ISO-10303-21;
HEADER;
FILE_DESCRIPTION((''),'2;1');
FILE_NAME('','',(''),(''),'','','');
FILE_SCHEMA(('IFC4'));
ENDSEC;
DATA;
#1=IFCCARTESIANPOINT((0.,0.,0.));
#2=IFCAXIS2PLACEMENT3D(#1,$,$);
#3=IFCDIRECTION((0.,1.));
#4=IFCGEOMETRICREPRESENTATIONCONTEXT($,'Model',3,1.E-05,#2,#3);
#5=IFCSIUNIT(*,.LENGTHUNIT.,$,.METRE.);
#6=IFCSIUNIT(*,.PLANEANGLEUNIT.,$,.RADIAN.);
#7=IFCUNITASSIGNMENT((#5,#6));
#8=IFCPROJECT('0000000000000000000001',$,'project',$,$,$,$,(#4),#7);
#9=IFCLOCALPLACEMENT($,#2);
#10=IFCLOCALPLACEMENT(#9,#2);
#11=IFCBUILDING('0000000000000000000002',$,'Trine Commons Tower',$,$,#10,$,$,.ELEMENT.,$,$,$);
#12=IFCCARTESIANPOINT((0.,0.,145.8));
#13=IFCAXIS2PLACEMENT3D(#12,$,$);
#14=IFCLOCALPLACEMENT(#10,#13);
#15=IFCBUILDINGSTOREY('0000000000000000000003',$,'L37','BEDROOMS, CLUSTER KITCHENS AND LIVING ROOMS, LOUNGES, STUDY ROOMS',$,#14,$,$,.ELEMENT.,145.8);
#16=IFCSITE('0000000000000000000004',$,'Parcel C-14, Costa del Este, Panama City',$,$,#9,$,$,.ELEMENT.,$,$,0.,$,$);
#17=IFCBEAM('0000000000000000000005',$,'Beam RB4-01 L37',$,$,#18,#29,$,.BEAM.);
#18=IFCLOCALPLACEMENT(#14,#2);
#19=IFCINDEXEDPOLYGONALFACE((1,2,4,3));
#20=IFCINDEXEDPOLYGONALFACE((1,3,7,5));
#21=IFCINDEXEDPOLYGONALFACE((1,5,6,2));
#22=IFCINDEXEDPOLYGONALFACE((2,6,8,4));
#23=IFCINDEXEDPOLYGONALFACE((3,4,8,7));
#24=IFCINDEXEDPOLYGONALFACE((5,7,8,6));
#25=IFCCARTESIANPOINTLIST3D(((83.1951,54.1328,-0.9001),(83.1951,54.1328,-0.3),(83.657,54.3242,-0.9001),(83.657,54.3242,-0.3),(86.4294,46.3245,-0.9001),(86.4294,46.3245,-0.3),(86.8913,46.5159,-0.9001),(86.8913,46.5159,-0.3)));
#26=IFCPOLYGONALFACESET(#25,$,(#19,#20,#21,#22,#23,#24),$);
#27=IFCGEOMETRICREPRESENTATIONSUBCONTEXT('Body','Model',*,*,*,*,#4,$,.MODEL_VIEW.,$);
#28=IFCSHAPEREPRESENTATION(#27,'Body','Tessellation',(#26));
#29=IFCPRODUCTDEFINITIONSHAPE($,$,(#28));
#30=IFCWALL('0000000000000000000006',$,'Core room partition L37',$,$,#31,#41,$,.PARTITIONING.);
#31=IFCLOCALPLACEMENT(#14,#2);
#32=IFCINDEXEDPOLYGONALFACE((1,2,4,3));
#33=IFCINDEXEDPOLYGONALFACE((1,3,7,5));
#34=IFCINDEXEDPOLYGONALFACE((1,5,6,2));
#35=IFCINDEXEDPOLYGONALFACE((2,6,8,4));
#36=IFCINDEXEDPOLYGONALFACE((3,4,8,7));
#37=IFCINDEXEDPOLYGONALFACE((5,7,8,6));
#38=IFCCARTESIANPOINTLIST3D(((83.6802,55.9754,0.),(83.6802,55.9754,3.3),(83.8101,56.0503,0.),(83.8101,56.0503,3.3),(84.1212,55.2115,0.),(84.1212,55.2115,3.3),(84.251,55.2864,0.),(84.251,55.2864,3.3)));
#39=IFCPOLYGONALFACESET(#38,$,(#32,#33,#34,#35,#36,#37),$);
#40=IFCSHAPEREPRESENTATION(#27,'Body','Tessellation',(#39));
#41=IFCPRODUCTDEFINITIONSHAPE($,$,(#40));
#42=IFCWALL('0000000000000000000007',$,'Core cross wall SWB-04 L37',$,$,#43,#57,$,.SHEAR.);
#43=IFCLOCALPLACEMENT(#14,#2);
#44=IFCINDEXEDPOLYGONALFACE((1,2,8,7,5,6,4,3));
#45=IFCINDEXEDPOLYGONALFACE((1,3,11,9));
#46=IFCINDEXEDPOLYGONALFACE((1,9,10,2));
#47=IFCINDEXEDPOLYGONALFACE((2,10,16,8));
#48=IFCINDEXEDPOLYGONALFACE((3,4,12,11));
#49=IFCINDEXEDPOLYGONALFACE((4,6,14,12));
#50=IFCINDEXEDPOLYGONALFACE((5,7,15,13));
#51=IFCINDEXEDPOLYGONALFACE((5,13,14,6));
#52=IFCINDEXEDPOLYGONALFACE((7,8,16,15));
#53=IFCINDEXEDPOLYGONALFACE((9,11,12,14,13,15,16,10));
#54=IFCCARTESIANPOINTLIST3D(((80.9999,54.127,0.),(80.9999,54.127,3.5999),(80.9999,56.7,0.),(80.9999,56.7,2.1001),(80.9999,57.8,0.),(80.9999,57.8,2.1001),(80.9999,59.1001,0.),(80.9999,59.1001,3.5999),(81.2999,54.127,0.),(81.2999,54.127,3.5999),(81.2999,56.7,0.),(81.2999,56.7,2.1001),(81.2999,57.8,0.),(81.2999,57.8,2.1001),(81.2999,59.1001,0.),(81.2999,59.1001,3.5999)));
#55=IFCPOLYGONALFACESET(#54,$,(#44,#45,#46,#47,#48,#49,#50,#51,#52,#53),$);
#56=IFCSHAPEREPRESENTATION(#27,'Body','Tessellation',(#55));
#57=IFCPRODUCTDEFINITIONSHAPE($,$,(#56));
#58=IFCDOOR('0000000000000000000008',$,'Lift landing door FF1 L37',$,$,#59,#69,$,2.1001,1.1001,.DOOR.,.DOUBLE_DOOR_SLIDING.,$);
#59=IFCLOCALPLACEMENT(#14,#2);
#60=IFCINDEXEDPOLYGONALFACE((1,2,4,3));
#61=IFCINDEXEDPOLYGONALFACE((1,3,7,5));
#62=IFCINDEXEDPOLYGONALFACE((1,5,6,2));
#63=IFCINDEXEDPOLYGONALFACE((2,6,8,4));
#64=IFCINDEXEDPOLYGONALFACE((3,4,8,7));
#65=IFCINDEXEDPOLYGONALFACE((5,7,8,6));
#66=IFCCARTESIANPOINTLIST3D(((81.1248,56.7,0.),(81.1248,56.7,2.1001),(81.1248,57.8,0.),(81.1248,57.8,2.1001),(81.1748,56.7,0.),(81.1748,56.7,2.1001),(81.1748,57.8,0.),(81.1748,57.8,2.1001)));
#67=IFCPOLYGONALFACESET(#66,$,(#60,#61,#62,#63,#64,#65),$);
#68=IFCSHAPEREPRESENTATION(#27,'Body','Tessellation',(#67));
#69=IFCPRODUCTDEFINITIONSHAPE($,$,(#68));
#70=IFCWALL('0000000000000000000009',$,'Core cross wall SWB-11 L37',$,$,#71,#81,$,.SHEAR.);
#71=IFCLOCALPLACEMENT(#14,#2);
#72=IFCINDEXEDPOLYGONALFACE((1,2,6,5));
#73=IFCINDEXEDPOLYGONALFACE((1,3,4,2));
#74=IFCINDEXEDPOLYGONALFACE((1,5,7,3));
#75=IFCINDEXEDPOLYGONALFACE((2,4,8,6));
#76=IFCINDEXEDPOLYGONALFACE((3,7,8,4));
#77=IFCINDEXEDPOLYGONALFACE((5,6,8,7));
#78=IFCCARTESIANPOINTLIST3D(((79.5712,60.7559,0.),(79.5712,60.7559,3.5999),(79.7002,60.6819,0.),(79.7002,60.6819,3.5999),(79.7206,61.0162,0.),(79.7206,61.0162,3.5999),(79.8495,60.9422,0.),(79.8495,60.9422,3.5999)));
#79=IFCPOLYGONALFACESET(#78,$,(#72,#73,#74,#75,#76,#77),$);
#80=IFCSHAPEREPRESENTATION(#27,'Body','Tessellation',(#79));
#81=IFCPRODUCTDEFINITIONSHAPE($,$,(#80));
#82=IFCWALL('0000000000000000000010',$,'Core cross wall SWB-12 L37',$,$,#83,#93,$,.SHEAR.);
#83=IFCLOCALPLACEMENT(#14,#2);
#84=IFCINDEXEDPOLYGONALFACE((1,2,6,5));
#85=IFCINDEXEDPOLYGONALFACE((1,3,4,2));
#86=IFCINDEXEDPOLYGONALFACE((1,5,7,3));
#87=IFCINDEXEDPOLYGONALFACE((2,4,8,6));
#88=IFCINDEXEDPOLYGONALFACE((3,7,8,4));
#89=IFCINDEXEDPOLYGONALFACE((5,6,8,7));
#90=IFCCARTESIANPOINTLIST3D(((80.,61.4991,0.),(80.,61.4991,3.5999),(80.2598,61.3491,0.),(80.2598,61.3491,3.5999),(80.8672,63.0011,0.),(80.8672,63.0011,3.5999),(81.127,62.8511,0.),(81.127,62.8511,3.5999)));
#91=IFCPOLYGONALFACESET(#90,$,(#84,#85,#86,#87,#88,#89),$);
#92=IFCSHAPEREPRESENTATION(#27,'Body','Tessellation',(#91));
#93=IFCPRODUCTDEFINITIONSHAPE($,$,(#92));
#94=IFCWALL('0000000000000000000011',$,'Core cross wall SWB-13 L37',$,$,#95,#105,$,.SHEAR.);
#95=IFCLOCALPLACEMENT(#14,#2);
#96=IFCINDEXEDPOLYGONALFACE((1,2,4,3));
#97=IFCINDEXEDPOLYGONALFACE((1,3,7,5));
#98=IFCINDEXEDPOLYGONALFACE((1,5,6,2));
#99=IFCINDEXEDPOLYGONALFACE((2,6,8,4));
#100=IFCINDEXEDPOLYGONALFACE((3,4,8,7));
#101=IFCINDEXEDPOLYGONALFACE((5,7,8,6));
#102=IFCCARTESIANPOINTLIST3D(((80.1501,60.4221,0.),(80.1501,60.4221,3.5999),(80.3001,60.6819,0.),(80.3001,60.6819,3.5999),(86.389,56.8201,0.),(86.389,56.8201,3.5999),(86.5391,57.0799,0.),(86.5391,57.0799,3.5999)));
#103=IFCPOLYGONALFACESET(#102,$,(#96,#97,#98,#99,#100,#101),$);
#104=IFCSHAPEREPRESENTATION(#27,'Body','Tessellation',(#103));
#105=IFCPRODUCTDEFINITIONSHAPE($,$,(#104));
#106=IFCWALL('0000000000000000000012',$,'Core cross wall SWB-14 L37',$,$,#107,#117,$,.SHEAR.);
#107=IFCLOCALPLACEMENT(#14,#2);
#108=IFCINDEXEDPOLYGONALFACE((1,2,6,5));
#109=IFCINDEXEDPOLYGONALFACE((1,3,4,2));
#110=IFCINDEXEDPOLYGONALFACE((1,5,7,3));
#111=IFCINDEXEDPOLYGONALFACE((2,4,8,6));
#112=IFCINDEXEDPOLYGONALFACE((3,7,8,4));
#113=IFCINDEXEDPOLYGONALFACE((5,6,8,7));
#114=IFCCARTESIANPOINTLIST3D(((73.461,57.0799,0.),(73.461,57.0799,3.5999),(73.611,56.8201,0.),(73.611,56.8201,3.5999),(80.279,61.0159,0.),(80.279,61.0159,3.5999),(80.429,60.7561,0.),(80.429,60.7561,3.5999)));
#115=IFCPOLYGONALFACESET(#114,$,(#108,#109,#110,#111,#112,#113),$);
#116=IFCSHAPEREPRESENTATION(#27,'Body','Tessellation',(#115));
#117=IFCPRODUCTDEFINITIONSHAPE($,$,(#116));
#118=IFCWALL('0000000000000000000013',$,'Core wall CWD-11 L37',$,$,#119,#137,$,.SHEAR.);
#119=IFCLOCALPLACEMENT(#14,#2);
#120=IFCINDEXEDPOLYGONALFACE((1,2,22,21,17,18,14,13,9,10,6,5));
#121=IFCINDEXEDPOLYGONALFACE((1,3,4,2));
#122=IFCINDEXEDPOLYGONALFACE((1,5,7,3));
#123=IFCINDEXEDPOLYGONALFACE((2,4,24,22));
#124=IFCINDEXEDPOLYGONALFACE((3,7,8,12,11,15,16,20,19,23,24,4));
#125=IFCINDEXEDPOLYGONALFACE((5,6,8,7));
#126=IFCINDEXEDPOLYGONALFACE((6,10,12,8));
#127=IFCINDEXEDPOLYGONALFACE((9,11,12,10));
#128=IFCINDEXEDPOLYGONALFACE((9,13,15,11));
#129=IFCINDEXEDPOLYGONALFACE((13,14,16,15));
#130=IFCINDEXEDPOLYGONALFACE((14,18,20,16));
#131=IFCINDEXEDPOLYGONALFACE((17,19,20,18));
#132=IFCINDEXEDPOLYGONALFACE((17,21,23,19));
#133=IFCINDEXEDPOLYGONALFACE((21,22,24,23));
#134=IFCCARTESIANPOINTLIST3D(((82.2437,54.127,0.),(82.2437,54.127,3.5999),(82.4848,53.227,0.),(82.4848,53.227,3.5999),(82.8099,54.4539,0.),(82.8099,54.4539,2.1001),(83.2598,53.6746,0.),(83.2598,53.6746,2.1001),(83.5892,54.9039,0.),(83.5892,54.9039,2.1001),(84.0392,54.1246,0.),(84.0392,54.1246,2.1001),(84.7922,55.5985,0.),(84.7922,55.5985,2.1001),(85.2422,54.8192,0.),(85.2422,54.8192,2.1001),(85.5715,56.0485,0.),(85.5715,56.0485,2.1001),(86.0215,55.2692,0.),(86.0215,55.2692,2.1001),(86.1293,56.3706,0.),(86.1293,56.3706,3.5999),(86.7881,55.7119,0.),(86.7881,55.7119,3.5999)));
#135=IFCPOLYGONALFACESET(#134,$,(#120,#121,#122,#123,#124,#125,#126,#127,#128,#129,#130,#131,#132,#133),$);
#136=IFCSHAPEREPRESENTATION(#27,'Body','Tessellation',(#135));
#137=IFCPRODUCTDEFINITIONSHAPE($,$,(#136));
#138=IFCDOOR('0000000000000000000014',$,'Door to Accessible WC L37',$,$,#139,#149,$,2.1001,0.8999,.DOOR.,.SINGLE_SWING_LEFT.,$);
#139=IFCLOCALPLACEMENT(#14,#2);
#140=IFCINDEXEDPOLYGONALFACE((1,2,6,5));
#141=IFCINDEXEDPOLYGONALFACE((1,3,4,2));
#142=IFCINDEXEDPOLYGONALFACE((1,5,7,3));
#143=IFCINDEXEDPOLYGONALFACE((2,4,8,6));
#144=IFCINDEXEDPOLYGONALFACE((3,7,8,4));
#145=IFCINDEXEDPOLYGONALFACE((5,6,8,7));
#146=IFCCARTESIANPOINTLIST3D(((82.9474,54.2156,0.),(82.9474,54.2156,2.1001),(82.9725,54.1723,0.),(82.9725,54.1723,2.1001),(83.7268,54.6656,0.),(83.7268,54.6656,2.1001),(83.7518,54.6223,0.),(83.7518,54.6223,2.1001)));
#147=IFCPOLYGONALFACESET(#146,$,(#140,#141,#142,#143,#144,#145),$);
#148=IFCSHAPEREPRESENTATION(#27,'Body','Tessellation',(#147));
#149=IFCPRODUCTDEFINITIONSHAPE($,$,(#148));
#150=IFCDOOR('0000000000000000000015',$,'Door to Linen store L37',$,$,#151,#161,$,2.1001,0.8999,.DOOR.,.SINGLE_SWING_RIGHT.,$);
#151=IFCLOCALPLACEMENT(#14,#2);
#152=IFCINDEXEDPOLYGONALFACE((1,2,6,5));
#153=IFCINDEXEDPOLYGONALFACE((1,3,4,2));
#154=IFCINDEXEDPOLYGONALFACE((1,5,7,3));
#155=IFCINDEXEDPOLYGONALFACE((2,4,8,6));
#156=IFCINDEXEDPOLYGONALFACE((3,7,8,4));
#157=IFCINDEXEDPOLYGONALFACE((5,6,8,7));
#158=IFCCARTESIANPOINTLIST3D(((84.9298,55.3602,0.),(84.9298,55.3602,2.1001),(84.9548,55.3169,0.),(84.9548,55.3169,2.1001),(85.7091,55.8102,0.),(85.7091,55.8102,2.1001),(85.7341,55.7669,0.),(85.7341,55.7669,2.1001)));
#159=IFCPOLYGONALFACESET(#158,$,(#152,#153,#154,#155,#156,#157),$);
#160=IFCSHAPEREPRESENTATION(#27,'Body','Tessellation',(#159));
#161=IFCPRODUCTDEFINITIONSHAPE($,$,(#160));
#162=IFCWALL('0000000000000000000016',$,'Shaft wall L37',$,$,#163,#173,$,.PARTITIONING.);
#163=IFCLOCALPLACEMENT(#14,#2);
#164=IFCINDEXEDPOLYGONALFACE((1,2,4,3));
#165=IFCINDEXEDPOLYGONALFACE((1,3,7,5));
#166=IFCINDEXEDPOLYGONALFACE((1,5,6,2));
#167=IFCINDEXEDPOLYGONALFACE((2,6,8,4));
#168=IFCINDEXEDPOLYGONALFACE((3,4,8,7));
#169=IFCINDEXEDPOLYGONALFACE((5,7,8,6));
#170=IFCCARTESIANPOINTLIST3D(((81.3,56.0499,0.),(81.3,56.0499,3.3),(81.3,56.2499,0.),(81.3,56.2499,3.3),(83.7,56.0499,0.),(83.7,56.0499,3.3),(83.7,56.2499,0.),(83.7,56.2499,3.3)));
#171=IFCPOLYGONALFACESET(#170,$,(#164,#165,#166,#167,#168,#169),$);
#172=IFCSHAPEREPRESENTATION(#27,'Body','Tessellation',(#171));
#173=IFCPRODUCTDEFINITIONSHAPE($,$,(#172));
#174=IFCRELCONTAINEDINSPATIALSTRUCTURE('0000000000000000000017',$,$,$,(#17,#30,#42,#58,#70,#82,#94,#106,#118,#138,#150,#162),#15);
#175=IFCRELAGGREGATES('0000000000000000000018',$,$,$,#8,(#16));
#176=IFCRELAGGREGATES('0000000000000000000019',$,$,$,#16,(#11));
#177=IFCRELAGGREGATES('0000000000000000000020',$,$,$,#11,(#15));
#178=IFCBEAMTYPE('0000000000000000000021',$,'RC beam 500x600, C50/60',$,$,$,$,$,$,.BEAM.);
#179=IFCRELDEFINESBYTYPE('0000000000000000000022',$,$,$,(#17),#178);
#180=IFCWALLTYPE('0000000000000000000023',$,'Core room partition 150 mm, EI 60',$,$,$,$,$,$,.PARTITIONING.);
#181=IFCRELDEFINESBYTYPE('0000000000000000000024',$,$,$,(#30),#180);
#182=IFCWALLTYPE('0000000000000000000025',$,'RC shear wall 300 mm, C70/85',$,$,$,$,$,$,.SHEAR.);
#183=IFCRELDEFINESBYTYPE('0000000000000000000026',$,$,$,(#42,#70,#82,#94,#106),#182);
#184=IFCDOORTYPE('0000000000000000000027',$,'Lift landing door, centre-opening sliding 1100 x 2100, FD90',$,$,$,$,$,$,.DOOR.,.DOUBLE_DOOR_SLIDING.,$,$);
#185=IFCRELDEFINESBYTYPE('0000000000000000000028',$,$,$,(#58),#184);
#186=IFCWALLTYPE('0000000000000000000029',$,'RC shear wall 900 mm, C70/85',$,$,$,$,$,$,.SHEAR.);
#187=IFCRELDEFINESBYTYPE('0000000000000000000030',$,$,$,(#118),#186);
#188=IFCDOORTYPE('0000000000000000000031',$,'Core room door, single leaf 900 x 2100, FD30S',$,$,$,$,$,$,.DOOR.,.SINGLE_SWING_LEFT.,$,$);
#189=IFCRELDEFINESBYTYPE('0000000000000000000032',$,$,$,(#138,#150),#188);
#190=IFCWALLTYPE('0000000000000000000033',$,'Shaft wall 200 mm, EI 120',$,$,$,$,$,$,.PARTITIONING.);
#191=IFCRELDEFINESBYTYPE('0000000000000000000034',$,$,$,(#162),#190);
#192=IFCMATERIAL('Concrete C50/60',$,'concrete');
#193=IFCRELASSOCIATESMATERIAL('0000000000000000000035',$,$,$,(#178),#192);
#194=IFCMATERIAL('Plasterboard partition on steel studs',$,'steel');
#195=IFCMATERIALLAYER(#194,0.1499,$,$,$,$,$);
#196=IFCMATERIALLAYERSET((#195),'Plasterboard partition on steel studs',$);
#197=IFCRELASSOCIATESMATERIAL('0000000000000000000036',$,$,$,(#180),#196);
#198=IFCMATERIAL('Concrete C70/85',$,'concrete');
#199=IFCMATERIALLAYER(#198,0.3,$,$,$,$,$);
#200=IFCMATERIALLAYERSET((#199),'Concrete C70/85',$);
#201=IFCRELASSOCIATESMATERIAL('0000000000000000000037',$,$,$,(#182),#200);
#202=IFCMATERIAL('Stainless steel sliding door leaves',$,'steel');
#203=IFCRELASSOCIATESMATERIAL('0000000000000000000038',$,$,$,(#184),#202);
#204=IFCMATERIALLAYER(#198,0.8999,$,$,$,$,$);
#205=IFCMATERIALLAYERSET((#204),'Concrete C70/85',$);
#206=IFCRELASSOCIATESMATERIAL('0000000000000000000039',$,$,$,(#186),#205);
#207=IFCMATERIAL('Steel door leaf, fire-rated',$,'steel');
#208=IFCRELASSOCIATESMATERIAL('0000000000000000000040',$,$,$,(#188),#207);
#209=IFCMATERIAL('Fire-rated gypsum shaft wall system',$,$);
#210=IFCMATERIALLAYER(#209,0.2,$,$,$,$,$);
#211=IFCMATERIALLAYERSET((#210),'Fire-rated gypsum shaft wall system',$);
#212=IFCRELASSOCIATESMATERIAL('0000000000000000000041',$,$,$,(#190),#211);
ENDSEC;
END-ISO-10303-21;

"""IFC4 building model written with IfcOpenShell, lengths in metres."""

from ifc_helpers import new_model, si_unit, direction, frame, frame_2d, origin, origin_2d, place, context, subcontext, project, spatial, polyline, rectangle, outline, extrude, material, layer, layer_set, material_profile, profile_set, type_object, element, fill, save


model = new_model("IFC4")

# Units and contexts
model_context = context("Model", 3, precision=1e-05, world=origin(), true_north=direction((0.0, 1.0)))
body_context = subcontext(model_context, "Body", "Model", "MODEL_VIEW")
ifc_project = project(units=[si_unit("LENGTHUNIT", "METRE"), si_unit("PLANEANGLEUNIT", "RADIAN")], contexts=[model_context])

# Site, building, storey
site_placement = place(None, origin())
site = spatial("IfcSite", under=ifc_project, at=site_placement, Name="Parcel C-14, Costa del Este, Panama City", CompositionType="ELEMENT", RefElevation=0.0)
building_placement = place(site_placement, origin())
building = spatial("IfcBuilding", under=site, at=building_placement, Name="Trine Commons Tower", CompositionType="ELEMENT")
storey_placement = place(building_placement, frame((0.0, 0.0, 145.8)))
storey = spatial("IfcBuildingStorey", under=building, at=storey_placement, Name="L37", Description="BEDROOMS, CLUSTER KITCHENS AND LIVING ROOMS, LOUNGES, STUDY ROOMS", CompositionType="ELEMENT", Elevation=145.8)

# Beam
ifc_material_1 = material(Name="Concrete C50/60", Category="concrete")
ifc_material_profile = material_profile(ifc_material_1, rectangle(XDim=0.5, YDim=0.6001, at=origin_2d()), Name="RC 500x600")
ifc_profile_set = profile_set([ifc_material_profile], Name="Concrete C50/60")
beam_type = type_object("IfcBeamType", Name="RC beam 500x600, C50/60", PredefinedType="BEAM", material=ifc_profile_set)
beam_placement = place(storey_placement, frame((83.426, 54.2285, -0.6001), z_axis=(0.382689, -0.923877, 0.0), x_axis=(0.923877, 0.382689, 0.0)))
element("IfcBeam", 1, at=beam_placement, inside=storey, type_object=beam_type, Name="Beam RB4-01 L37", PredefinedType="BEAM", context=body_context, shape_type="SweptSolid", body=[
    extrude(rectangle(XDim=0.5, YDim=0.6001, at=origin_2d()), origin(), (0.0, 0.0, 1.0), 8.4517),
])

# Wall
ifc_material_2 = material(Name="Plasterboard partition on steel studs", Category="steel")
ifc_layer_1 = layer(ifc_material_2, 0.1499)
ifc_layer_set_1 = layer_set([ifc_layer_1], Name="Plasterboard partition on steel studs")
wall_type_1 = type_object("IfcWallType", Name="Core room partition 150 mm, EI 60", PredefinedType="PARTITIONING", material=ifc_layer_set_1)
wall_1_placement = place(storey_placement, frame((84.186, 55.249, 0.0), z_axis=(0.0, 0.0, 1.0), x_axis=(-0.49989, 0.866089, 0.0)))
element("IfcWall", 2, at=wall_1_placement, inside=storey, type_object=wall_type_1, Name="Core room partition L37", PredefinedType="PARTITIONING", context=body_context, shape_type="SweptSolid", body=[
    extrude(rectangle(XDim=0.8821, YDim=0.1499, at=frame_2d((0.4409, 0.0))), origin(), (0.0, 0.0, 1.0), 3.3),
])

# Wall, opening, door
ifc_material_3 = material(Name="Concrete C70/85", Category="concrete")
ifc_layer_2 = layer(ifc_material_3, 0.3)
ifc_layer_set_2 = layer_set([ifc_layer_2], Name="Concrete C70/85")
wall_type_2 = type_object("IfcWallType", Name="RC shear wall 300 mm, C70/85", PredefinedType="SHEAR", material=ifc_layer_set_2)
wall_2_placement = place(storey_placement, frame((81.1499, 59.1001, 0.0), z_axis=(0.0, 0.0, 1.0), x_axis=(0.0, -1.0, 0.0)))
wall_2 = element("IfcWall", 3, at=wall_2_placement, inside=storey, type_object=wall_type_2, Name="Core cross wall SWB-04 L37", PredefinedType="SHEAR", context=body_context, shape_type="SweptSolid", body=[
    extrude(rectangle(XDim=4.9731, YDim=0.3, at=frame_2d((2.4866, 0.0))), origin(), (0.0, 0.0, 1.0), 3.5999),
])
opening_1_placement = place(wall_2_placement, frame((1.3, 0.0, 0.0)))
opening_1 = element("IfcOpeningElement", 4, at=opening_1_placement, cuts=wall_2, PredefinedType="OPENING", context=body_context, shape_type="SweptSolid", body=[
    extrude(rectangle(XDim=1.1001, YDim=2.1001, at=frame_2d((0.55, 1.05))), frame((0.0, 0.1599, 0.0), z_axis=(0.0, -1.0, 0.0), x_axis=(1.0, 0.0, 0.0)), (0.0, 0.0, 1.0), 0.3201),
])
ifc_material_4 = material(Name="Stainless steel sliding door leaves", Category="steel")
door_type_1 = type_object("IfcDoorType", Name="Lift landing door, centre-opening sliding 1100 x 2100, FD90", OperationType="DOUBLE_DOOR_SLIDING", PredefinedType="DOOR", material=ifc_material_4)
door_1_placement = place(opening_1_placement, origin())
door_1 = element("IfcDoor", 5, at=door_1_placement, inside=storey, type_object=door_type_1, Name="Lift landing door FF1 L37", OperationType="DOUBLE_DOOR_SLIDING", OverallHeight=2.1001, OverallWidth=1.1001, PredefinedType="DOOR", context=body_context, shape_type="SweptSolid", body=[
    extrude(rectangle(XDim=1.1001, YDim=2.1001, at=frame_2d((0.55, 1.05))), frame((0.0, 0.0249, 0.0), z_axis=(0.0, -1.0, 0.0), x_axis=(1.0, 0.0, 0.0)), (0.0, 0.0, 1.0), 0.05),
])
fill(opening_1, door_1)

# Walls
wall_3_placement = place(storey_placement, frame((79.646, 60.886, 0.0), z_axis=(0.0, 0.0, 1.0), x_axis=(0.867332, -0.49773, 0.0)))
element("IfcWall", 6, at=wall_3_placement, inside=storey, type_object=wall_type_2, Name="Core cross wall SWB-11 L37", PredefinedType="SHEAR", context=body_context, shape_type="SweptSolid", body=[
    extrude(rectangle(XDim=0.1487, YDim=0.3, at=frame_2d((0.0742, 0.0))), origin(), (0.0, 0.0, 1.0), 3.5999),
])
wall_4_placement = place(storey_placement, frame((80.1299, 61.4241, 0.0), z_axis=(0.0, 0.0, 1.0), x_axis=(0.500015, 0.866017, 0.0)))
element("IfcWall", 7, at=wall_4_placement, inside=storey, type_object=wall_type_2, Name="Core cross wall SWB-12 L37", PredefinedType="SHEAR", context=body_context, shape_type="SweptSolid", body=[
    extrude(rectangle(XDim=1.7344, YDim=0.3, at=frame_2d((0.8672, 0.0))), origin(), (0.0, 0.0, 1.0), 3.5999),
])
wall_5_placement = place(storey_placement, frame((80.2251, 60.552, 0.0), z_axis=(0.0, 0.0, 1.0), x_axis=(0.866028, -0.499995, 0.0)))
element("IfcWall", 8, at=wall_5_placement, inside=storey, type_object=wall_type_2, Name="Core cross wall SWB-13 L37", PredefinedType="SHEAR", context=body_context, shape_type="SweptSolid", body=[
    extrude(rectangle(XDim=7.2041, YDim=0.3, at=frame_2d((3.6021, 0.0))), origin(), (0.0, 0.0, 1.0), 3.5999),
])
wall_6_placement = place(storey_placement, frame((80.354, 60.886, 0.0), z_axis=(0.0, 0.0, 1.0), x_axis=(-0.866048, -0.499961, 0.0)))
element("IfcWall", 9, at=wall_6_placement, inside=storey, type_object=wall_type_2, Name="Core cross wall SWB-14 L37", PredefinedType="SHEAR", context=body_context, shape_type="SweptSolid", body=[
    extrude(rectangle(XDim=7.8726, YDim=0.3, at=frame_2d((3.9363, 0.0))), origin(), (0.0, 0.0, 1.0), 3.5999),
])

# Wall, openings, doors
ifc_layer_3 = layer(ifc_material_3, 0.8999)
ifc_layer_set_3 = layer_set([ifc_layer_3], Name="Concrete C70/85")
wall_type_3 = type_object("IfcWallType", Name="RC shear wall 900 mm, C70/85", PredefinedType="SHEAR", material=ifc_layer_set_3)
wall_7_placement = place(storey_placement, frame((82.2598, 53.6167, 0.0), z_axis=(0.0, 0.0, 1.0), x_axis=(0.866003, 0.500039, 0.0)))
wall_7 = element("IfcWall", 10, at=wall_7_placement, inside=storey, type_object=wall_type_3, Name="Core wall CWD-11 L37", PredefinedType="SHEAR", context=body_context, shape_type="SweptSolid", body=[
    extrude(outline(polyline([(0.0, -0.45), (4.9692, -0.45), (4.728, 0.45), (0.2412, 0.45), (0.0, -0.45)])), origin(), (0.0, 0.0, 1.0), 3.5999),
])
opening_2_placement = place(wall_7_placement, frame((0.895, 0.0, 0.0)))
opening_2 = element("IfcOpeningElement", 11, at=opening_2_placement, cuts=wall_7, PredefinedType="OPENING", context=body_context, shape_type="SweptSolid", body=[
    extrude(rectangle(XDim=0.8999, YDim=2.1001, at=frame_2d((0.45, 1.05))), frame((0.0, 0.46, 0.0), z_axis=(0.0, -1.0, 0.0), x_axis=(1.0, 0.0, 0.0)), (0.0, 0.0, 1.0), 0.9199),
])
opening_3_placement = place(wall_7_placement, frame((3.1841, 0.0, 0.0)))
opening_3 = element("IfcOpeningElement", 12, at=opening_3_placement, cuts=wall_7, PredefinedType="OPENING", context=body_context, shape_type="SweptSolid", body=[
    extrude(rectangle(XDim=0.8999, YDim=2.1001, at=frame_2d((0.45, 1.05))), frame((0.0, 0.46, 0.0), z_axis=(0.0, -1.0, 0.0), x_axis=(1.0, 0.0, 0.0)), (0.0, 0.0, 1.0), 0.9199),
])
ifc_material_5 = material(Name="Steel door leaf, fire-rated", Category="steel")
door_type_2 = type_object("IfcDoorType", Name="Core room door, single leaf 900 x 2100, FD30S", OperationType="SINGLE_SWING_LEFT", PredefinedType="DOOR", material=ifc_material_5)
door_2_placement = place(opening_2_placement, origin())
door_2 = element("IfcDoor", 13, at=door_2_placement, inside=storey, type_object=door_type_2, Name="Door to Accessible WC L37", OperationType="SINGLE_SWING_LEFT", OverallHeight=2.1001, OverallWidth=0.8999, PredefinedType="DOOR", context=body_context, shape_type="SweptSolid", body=[
    extrude(rectangle(XDim=0.8999, YDim=2.1001, at=frame_2d((0.45, 1.05))), frame((0.0, 0.1748, 0.0), z_axis=(0.0, -1.0, 0.0), x_axis=(1.0, 0.0, 0.0)), (0.0, 0.0, 1.0), 0.05),
])
fill(opening_2, door_2)
door_3_placement = place(opening_3_placement, origin())
door_3 = element("IfcDoor", 14, at=door_3_placement, inside=storey, type_object=door_type_2, Name="Door to Linen store L37", OperationType="SINGLE_SWING_RIGHT", OverallHeight=2.1001, OverallWidth=0.8999, PredefinedType="DOOR", context=body_context, shape_type="SweptSolid", body=[
    extrude(rectangle(XDim=0.8999, YDim=2.1001, at=frame_2d((0.45, 1.05))), frame((0.0, 0.1748, 0.0), z_axis=(0.0, -1.0, 0.0), x_axis=(1.0, 0.0, 0.0)), (0.0, 0.0, 1.0), 0.05),
])
fill(opening_3, door_3)

# Wall
ifc_material_6 = material(Name="Fire-rated gypsum shaft wall system")
ifc_layer_4 = layer(ifc_material_6, 0.2)
ifc_layer_set_4 = layer_set([ifc_layer_4], Name="Fire-rated gypsum shaft wall system")
wall_type_4 = type_object("IfcWallType", Name="Shaft wall 200 mm, EI 120", PredefinedType="PARTITIONING", material=ifc_layer_set_4)
wall_8_placement = place(storey_placement, frame((81.3, 56.1499, 0.0), z_axis=(0.0, 0.0, 1.0), x_axis=(1.0, 0.0, 0.0)))
element("IfcWall", 15, at=wall_8_placement, inside=storey, type_object=wall_type_4, Name="Shaft wall L37", PredefinedType="PARTITIONING", context=body_context, shape_type="SweptSolid", body=[
    extrude(rectangle(XDim=2.3999, YDim=0.2, at=frame_2d((1.2, 0.0))), origin(), (0.0, 0.0, 1.0), 3.3),
])

save(model, "model.ifc")
